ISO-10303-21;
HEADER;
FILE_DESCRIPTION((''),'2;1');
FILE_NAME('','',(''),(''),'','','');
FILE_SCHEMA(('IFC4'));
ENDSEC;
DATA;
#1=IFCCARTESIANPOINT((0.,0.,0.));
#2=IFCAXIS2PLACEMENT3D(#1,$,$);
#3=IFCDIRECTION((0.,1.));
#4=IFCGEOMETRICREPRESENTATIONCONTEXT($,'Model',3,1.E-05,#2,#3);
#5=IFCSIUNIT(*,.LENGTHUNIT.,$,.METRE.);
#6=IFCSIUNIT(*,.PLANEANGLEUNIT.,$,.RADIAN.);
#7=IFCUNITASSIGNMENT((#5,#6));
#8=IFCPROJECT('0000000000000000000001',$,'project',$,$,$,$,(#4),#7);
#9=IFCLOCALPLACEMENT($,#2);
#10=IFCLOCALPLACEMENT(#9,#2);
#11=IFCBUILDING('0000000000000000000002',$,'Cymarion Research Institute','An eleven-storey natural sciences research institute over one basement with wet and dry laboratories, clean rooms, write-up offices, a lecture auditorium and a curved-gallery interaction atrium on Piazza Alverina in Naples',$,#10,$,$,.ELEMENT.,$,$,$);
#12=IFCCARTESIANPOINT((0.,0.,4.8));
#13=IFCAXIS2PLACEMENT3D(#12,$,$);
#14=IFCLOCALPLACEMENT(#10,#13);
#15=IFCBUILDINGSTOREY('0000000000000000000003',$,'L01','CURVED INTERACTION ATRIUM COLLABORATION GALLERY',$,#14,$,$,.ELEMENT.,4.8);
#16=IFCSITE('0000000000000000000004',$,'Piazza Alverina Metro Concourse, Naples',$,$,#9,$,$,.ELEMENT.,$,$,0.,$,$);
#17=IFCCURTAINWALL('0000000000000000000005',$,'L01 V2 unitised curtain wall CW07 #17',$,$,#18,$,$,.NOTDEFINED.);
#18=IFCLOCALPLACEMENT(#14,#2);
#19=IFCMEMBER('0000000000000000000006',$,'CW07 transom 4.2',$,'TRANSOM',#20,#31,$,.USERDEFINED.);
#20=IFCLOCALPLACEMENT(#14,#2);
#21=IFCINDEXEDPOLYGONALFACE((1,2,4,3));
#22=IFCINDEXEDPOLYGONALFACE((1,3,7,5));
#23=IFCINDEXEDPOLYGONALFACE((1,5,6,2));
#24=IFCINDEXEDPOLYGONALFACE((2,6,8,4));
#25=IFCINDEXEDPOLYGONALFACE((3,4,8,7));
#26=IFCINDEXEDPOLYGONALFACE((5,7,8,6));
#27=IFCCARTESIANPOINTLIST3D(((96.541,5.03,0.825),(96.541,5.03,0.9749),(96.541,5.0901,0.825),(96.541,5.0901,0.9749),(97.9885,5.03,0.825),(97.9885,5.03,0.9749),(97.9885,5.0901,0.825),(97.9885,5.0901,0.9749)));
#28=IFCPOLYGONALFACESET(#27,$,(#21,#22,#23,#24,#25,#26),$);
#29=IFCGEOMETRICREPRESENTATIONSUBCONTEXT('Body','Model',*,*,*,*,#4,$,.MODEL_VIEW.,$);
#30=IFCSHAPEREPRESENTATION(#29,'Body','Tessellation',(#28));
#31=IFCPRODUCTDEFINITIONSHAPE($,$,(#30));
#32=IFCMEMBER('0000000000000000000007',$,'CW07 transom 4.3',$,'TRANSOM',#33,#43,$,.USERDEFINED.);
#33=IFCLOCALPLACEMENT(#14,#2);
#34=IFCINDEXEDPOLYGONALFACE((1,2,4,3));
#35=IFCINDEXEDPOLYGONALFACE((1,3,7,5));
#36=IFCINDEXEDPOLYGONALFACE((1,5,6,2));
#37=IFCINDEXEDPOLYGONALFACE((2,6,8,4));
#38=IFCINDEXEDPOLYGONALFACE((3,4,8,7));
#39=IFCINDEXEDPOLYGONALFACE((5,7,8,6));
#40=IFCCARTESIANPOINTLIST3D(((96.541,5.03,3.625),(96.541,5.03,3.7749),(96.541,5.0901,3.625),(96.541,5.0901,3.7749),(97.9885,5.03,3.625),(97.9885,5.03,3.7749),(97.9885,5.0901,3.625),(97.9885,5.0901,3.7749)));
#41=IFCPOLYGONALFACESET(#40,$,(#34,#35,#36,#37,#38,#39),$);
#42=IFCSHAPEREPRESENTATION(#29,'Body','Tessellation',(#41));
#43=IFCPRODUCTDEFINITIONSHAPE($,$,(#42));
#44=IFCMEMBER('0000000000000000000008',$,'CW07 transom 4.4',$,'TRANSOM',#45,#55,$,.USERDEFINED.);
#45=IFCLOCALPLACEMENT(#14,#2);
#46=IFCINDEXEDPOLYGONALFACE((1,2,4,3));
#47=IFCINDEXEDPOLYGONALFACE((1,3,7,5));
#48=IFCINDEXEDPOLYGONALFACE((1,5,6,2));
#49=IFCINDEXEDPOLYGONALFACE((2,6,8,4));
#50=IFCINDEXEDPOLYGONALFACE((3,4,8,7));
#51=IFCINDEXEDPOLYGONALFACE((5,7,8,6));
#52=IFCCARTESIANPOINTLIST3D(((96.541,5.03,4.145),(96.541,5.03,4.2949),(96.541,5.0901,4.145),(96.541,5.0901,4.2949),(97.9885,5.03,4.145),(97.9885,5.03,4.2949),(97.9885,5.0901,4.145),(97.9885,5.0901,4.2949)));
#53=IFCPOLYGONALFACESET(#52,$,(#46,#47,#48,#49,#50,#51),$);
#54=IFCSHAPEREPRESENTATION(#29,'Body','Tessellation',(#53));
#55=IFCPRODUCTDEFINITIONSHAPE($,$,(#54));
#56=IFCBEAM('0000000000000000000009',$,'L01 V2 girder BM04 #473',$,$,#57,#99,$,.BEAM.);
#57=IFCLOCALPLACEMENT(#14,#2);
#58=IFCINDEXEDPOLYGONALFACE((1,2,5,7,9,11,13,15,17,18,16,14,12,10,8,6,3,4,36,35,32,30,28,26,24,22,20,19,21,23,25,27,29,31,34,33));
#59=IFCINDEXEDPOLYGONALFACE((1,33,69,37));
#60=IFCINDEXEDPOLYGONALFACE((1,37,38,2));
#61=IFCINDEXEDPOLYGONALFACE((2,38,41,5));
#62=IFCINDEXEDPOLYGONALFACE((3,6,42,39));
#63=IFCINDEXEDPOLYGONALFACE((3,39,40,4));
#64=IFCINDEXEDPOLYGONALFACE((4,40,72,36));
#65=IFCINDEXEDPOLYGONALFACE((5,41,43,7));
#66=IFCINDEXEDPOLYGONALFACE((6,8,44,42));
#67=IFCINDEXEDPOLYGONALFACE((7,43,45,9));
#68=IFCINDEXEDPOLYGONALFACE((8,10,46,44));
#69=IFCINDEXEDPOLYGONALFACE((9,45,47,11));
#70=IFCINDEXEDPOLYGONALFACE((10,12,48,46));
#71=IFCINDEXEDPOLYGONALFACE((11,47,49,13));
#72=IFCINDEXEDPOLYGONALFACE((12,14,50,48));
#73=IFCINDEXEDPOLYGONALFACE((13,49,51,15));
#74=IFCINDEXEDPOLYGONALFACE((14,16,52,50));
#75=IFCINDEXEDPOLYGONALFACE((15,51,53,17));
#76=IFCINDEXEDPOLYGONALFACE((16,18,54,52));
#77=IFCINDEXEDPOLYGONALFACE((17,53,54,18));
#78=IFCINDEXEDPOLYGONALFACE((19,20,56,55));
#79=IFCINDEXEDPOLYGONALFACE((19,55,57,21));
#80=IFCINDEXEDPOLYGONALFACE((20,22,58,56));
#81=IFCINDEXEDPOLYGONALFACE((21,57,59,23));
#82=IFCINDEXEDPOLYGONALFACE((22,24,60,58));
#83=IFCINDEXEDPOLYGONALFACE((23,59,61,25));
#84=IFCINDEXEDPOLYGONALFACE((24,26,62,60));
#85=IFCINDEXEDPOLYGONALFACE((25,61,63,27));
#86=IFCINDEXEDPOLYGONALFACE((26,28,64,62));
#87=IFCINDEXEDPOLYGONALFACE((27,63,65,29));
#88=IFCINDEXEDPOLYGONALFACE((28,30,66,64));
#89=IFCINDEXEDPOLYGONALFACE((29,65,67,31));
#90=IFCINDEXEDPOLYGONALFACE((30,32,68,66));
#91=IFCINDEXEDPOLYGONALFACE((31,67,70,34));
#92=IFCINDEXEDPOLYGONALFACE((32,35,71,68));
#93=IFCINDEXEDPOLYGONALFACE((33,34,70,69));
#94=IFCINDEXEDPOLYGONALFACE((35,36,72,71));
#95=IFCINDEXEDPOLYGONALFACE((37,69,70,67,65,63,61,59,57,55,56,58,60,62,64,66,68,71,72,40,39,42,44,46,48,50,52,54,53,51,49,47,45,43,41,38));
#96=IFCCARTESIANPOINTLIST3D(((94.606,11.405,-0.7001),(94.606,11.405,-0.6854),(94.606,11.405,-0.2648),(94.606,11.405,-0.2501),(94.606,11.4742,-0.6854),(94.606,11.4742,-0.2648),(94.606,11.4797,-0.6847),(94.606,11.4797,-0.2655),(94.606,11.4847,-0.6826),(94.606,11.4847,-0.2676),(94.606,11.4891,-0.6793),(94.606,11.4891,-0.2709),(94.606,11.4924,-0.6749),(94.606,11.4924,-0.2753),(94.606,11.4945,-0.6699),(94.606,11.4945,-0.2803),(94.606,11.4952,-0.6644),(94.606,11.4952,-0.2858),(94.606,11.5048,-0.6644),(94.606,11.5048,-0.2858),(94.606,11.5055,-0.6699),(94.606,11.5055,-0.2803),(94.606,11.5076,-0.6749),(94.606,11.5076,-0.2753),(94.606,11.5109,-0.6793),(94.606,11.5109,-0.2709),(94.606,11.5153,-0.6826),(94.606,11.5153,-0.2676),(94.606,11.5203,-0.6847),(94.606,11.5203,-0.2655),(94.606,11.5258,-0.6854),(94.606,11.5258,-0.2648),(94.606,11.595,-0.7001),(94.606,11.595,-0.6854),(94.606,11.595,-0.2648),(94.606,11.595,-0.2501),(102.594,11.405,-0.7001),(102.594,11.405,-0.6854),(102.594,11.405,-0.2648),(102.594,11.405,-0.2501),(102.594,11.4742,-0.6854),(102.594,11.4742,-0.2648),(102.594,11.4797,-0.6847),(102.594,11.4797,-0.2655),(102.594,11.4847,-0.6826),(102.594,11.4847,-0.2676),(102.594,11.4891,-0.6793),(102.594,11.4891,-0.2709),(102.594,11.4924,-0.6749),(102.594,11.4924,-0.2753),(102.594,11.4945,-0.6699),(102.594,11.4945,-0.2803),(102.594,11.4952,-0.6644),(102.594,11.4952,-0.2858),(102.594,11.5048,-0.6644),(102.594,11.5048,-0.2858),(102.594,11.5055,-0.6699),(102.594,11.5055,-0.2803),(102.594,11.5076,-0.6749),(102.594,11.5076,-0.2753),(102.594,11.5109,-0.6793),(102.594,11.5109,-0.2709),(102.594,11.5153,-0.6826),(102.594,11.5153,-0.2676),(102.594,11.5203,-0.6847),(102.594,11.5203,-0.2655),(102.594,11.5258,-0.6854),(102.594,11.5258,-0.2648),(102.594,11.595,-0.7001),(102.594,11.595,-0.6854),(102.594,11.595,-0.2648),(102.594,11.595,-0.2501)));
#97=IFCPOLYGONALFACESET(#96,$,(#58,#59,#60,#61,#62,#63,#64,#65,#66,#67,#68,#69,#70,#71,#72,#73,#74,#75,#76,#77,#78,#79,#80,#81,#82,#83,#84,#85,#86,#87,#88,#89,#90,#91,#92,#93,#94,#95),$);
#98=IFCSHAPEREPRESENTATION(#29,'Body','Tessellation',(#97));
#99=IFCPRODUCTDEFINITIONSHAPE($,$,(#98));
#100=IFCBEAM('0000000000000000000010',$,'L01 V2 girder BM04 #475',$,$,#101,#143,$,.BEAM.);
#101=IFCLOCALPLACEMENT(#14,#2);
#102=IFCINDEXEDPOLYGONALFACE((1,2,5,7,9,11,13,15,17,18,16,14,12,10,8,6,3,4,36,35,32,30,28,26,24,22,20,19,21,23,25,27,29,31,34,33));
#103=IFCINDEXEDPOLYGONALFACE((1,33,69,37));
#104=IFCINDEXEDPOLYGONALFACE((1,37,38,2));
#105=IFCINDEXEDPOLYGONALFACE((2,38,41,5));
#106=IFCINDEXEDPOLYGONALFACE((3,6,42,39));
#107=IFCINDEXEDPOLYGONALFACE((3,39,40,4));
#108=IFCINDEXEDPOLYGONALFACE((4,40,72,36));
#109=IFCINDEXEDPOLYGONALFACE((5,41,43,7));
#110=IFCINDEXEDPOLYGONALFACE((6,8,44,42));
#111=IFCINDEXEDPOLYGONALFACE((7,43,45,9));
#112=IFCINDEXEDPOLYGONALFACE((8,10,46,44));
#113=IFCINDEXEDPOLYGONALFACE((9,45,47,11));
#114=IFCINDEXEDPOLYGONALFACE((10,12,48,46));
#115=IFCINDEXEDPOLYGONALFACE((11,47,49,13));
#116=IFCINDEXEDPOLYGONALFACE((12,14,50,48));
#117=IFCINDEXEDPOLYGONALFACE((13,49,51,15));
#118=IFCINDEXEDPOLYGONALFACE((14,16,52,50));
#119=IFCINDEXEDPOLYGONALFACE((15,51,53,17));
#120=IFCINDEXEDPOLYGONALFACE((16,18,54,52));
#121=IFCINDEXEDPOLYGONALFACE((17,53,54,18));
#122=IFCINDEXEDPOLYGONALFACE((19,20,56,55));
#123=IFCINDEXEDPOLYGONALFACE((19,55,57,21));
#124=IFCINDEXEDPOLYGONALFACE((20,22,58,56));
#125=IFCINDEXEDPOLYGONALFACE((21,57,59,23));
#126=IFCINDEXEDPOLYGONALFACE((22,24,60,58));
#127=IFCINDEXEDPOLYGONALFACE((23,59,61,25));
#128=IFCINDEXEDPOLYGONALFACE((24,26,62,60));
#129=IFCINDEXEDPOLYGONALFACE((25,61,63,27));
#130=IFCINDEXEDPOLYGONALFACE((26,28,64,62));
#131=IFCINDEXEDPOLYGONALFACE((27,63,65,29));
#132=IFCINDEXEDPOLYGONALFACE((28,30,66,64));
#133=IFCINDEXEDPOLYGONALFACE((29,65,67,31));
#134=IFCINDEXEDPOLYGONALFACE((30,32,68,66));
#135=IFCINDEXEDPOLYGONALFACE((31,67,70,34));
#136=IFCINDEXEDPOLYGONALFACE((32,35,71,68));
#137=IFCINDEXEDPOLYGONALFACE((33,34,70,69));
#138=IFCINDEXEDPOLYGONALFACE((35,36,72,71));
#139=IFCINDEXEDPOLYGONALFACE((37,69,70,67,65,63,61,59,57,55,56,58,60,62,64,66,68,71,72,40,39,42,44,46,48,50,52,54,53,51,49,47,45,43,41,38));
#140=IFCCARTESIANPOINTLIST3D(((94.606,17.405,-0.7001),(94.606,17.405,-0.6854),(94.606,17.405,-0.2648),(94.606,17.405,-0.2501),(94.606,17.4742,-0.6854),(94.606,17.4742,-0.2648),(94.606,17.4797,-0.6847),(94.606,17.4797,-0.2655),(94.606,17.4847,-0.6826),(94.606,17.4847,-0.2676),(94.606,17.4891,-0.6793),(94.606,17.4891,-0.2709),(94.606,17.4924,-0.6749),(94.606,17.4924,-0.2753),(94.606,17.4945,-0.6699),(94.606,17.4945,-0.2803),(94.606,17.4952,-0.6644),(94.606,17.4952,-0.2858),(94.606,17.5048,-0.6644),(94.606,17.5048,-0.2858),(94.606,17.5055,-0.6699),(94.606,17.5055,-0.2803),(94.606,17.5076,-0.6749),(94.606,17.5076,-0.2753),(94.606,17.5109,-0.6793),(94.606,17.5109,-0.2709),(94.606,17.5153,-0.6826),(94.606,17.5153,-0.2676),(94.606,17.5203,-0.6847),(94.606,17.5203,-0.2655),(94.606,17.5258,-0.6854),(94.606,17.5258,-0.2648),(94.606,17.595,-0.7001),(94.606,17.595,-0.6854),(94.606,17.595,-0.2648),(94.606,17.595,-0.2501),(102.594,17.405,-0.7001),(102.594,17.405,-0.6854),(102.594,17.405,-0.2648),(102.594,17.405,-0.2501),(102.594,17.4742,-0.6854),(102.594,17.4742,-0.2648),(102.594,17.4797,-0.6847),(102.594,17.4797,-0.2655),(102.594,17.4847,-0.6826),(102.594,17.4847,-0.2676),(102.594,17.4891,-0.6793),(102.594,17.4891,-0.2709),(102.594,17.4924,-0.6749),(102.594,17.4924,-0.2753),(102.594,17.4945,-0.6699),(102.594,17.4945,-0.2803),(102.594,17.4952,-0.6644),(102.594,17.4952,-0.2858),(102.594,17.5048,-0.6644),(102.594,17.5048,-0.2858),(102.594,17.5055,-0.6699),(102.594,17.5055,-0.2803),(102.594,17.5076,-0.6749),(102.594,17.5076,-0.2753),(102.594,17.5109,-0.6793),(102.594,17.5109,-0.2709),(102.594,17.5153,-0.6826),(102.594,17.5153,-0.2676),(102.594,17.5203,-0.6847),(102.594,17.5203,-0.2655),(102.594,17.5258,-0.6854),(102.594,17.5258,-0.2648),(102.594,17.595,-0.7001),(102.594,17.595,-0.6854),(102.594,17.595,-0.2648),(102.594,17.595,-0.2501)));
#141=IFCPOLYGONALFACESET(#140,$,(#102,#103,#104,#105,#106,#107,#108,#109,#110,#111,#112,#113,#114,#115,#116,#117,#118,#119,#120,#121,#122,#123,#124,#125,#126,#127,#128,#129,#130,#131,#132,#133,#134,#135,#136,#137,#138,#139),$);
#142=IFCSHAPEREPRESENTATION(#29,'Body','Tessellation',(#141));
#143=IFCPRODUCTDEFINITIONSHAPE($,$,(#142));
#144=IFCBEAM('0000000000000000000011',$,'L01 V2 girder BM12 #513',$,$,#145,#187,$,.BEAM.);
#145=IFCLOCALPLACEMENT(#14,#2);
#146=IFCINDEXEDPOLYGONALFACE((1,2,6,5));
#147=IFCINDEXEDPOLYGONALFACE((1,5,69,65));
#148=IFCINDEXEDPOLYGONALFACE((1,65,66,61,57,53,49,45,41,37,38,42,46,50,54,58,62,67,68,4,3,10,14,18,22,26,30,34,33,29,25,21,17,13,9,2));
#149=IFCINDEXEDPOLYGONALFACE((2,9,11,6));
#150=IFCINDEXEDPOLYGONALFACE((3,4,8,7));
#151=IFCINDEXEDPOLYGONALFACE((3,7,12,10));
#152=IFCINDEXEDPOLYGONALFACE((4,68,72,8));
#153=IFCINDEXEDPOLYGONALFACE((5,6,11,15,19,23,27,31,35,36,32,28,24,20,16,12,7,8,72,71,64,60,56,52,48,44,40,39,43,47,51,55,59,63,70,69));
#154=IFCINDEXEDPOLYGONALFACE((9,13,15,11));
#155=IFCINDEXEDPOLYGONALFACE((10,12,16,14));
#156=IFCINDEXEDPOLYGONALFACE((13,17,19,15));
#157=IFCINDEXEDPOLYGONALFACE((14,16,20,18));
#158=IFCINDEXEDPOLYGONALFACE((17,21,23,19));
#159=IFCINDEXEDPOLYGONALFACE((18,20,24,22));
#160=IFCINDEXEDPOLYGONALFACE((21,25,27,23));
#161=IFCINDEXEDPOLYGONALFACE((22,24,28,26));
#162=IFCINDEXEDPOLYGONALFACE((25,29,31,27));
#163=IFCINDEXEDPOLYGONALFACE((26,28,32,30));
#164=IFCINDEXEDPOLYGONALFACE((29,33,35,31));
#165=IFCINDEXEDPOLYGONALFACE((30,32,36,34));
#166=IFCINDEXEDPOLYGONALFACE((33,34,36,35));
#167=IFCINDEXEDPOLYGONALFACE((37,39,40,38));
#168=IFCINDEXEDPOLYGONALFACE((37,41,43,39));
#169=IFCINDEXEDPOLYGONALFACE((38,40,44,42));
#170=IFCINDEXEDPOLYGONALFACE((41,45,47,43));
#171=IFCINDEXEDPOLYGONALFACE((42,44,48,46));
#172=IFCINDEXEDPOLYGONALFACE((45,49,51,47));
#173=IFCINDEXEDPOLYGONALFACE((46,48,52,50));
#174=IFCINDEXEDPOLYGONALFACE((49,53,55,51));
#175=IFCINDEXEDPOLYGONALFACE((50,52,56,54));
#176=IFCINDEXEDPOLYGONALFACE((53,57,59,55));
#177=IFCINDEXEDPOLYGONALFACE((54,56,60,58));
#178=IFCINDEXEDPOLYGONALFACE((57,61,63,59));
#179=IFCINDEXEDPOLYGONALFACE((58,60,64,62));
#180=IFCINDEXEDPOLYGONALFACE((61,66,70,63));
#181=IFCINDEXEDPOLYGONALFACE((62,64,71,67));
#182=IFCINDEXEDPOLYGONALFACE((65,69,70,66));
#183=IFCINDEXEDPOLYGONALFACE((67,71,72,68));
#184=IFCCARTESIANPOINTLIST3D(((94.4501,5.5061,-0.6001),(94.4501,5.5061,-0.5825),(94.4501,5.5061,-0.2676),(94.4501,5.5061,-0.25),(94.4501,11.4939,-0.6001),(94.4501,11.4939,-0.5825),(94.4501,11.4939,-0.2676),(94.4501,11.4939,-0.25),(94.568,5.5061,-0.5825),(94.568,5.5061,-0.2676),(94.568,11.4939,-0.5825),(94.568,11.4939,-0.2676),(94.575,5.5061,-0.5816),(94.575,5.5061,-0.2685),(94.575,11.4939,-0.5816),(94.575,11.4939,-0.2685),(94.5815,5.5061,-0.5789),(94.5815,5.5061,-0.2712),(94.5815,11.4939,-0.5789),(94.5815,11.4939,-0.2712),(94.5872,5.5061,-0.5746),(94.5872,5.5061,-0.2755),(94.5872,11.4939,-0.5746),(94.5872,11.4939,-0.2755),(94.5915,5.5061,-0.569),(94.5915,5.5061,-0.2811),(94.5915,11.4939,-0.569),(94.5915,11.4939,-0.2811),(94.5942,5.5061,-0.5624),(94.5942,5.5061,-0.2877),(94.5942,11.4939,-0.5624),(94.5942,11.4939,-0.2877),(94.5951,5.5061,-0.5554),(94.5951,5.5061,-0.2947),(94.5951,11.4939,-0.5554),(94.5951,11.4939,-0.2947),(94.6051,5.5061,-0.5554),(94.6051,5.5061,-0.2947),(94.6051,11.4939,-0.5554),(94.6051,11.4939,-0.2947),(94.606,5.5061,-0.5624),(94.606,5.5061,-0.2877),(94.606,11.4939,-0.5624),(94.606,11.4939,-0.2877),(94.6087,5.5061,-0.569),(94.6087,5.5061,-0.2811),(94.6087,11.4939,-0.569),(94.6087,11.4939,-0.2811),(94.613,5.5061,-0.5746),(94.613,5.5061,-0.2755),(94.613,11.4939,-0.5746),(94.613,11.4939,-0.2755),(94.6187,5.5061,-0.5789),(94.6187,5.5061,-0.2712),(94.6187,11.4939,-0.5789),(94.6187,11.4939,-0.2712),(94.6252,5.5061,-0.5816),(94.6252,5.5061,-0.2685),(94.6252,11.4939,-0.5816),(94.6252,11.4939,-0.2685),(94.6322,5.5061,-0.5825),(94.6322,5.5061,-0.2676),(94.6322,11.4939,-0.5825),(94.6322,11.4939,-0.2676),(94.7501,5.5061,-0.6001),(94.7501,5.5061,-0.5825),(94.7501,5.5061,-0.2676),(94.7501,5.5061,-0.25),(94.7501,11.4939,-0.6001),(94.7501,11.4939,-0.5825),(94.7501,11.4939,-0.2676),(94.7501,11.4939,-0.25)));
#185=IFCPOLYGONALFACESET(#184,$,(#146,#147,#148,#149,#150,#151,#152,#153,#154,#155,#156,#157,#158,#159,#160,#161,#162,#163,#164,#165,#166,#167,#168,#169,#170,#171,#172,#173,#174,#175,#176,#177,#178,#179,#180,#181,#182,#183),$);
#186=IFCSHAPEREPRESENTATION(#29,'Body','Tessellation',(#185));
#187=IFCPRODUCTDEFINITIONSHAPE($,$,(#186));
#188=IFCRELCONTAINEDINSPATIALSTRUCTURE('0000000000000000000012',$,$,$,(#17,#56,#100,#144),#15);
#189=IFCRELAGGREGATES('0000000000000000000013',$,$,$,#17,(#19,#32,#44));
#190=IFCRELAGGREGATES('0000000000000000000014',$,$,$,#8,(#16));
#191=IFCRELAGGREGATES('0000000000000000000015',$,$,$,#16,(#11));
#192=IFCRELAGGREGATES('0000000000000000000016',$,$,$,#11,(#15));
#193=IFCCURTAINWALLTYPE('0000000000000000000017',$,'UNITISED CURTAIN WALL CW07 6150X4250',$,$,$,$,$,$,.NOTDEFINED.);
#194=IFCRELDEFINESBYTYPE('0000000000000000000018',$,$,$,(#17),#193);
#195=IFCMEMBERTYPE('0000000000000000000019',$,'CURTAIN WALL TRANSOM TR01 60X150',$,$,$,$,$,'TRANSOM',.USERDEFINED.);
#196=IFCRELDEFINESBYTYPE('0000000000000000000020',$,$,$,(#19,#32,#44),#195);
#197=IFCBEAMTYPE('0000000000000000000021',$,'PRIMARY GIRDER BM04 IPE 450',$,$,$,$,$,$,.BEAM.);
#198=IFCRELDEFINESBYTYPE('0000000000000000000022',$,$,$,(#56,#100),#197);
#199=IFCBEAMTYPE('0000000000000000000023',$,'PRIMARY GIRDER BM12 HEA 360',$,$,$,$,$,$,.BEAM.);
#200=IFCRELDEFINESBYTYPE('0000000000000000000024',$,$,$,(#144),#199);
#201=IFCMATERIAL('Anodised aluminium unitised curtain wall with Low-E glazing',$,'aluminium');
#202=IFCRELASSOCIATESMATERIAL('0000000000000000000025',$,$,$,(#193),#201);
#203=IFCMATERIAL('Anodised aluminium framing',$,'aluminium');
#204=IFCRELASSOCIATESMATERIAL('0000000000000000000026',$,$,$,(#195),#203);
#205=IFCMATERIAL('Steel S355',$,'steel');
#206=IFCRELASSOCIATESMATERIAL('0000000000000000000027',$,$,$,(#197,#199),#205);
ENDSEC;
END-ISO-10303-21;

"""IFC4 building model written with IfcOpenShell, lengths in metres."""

from ifc_helpers import new_model, si_unit, direction, frame, origin, origin_2d, place, context, subcontext, project, spatial, rectangle, i_section, extrude, material, material_profile, profile_set, type_object, element, aggregate, save


model = new_model("IFC4")

# Units and contexts
model_context = context("Model", 3, precision=1e-05, world=origin(), true_north=direction((0.0, 1.0)))
body_context = subcontext(model_context, "Body", "Model", "MODEL_VIEW")
ifc_project = project(units=[si_unit("LENGTHUNIT", "METRE"), si_unit("PLANEANGLEUNIT", "RADIAN")], contexts=[model_context])

# Site, building, storey
site_placement = place(None, origin())
site = spatial("IfcSite", under=ifc_project, at=site_placement, Name="Piazza Alverina Metro Concourse, Naples", CompositionType="ELEMENT", RefElevation=0.0)
building_placement = place(site_placement, origin())
building = spatial("IfcBuilding", under=site, at=building_placement, Name="Cymarion Research Institute", Description="An eleven-storey natural sciences research institute over one basement with wet and dry laboratories, clean rooms, write-up offices, a lecture auditorium and a curved-gallery interaction atrium on Piazza Alverina in Naples", CompositionType="ELEMENT")
storey_placement = place(building_placement, frame((0.0, 0.0, 4.8)))
storey = spatial("IfcBuildingStorey", under=building, at=storey_placement, Name="L01", Description="CURVED INTERACTION ATRIUM COLLABORATION GALLERY", CompositionType="ELEMENT", Elevation=4.8)

# Shared definitions
ifc_material_1 = material(Name="Steel S355", Category="steel")

# Curtain wall
ifc_material_2 = material(Name="Anodised aluminium unitised curtain wall with Low-E glazing", Category="aluminium")
curtain_wall_type = type_object("IfcCurtainWallType", Name="UNITISED CURTAIN WALL CW07 6150X4250", PredefinedType="NOTDEFINED", material=ifc_material_2)
curtain_wall_1_placement = place(storey_placement, origin())
curtain_wall_1 = element("IfcCurtainWall", 1, at=curtain_wall_1_placement, inside=storey, type_object=curtain_wall_type, Name="L01 V2 unitised curtain wall CW07 #17", PredefinedType="NOTDEFINED")
ifc_material_3 = material(Name="Anodised aluminium framing", Category="aluminium")

# Members
ifc_material_profile_1 = material_profile(ifc_material_3, rectangle(XDim=0.0601, YDim=0.1499, at=origin_2d()), Name="ALU TRANSOM 60x150")
ifc_profile_set_1 = profile_set([ifc_material_profile_1], Name="Anodised aluminium framing")
member_type_1 = type_object("IfcMemberType", Name="CURTAIN WALL TRANSOM TR01 60X150", ElementType="TRANSOM", PredefinedType="USERDEFINED", material=ifc_profile_set_1)
member_1_placement = place(storey_placement, frame((96.541, 5.0601, 0.8999), z_axis=(1.0, 0.0, 0.0), x_axis=(0.0, 1.0, 0.0)))
member_1 = element("IfcMember", 2, at=member_1_placement, type_object=member_type_1, Name="CW07 transom 4.2", ObjectType="TRANSOM", PredefinedType="USERDEFINED", context=body_context, shape_type="SweptSolid", body=[
    extrude(rectangle(XDim=0.0601, YDim=0.1499, at=origin_2d()), origin(), (0.0, 0.0, 1.0), 1.4475),
])
member_2_placement = place(storey_placement, frame((96.541, 5.0601, 3.7), z_axis=(1.0, 0.0, 0.0), x_axis=(0.0, 1.0, 0.0)))
member_2 = element("IfcMember", 3, at=member_2_placement, type_object=member_type_1, Name="CW07 transom 4.3", ObjectType="TRANSOM", PredefinedType="USERDEFINED", context=body_context, shape_type="SweptSolid", body=[
    extrude(rectangle(XDim=0.0601, YDim=0.1499, at=origin_2d()), origin(), (0.0, 0.0, 1.0), 1.4475),
])
member_3_placement = place(storey_placement, frame((96.541, 5.0601, 4.22), z_axis=(1.0, 0.0, 0.0), x_axis=(0.0, 1.0, 0.0)))
member_3 = element("IfcMember", 4, at=member_3_placement, type_object=member_type_1, Name="CW07 transom 4.4", ObjectType="TRANSOM", PredefinedType="USERDEFINED", context=body_context, shape_type="SweptSolid", body=[
    extrude(rectangle(XDim=0.0601, YDim=0.1499, at=origin_2d()), origin(), (0.0, 0.0, 1.0), 1.4475),
])

# Beams
ifc_material_profile_2 = material_profile(ifc_material_1, i_section(OverallWidth=0.1899, OverallDepth=0.45, WebThickness=0.0095, FlangeThickness=0.0146, FilletRadius=0.021, at=origin_2d()), Name="IPE 450")
ifc_profile_set_2 = profile_set([ifc_material_profile_2], Name="Steel S355")
beam_type_1 = type_object("IfcBeamType", Name="PRIMARY GIRDER BM04 IPE 450", PredefinedType="BEAM", material=ifc_profile_set_2)
for number, where, z_axis, x_axis, name in (
    (5, (94.606, 11.5, -0.4751), (1.0, 0.0, 0.0), (0.0, 1.0, 0.0), "L01 V2 girder BM04 #473"),
    (6, (94.606, 17.5, -0.4751), (1.0, 0.0, 0.0), (0.0, 1.0, 0.0), "L01 V2 girder BM04 #475"),
):
    element("IfcBeam", number, at=place(storey_placement, frame(where, z_axis=z_axis, x_axis=x_axis)), inside=storey, type_object=beam_type_1, Name=name, PredefinedType="BEAM", context=body_context, shape_type="SweptSolid", body=[
        extrude(i_section(OverallWidth=0.1899, OverallDepth=0.45, WebThickness=0.0095, FlangeThickness=0.0146, FilletRadius=0.021, at=origin_2d()), origin(), (0.0, 0.0, 1.0), 7.988),
    ])
ifc_material_profile_3 = material_profile(ifc_material_1, i_section(OverallWidth=0.3, OverallDepth=0.3501, WebThickness=0.01, FlangeThickness=0.0176, FilletRadius=0.0271, at=origin_2d()), Name="HEA 360")
ifc_profile_set_3 = profile_set([ifc_material_profile_3], Name="Steel S355")
beam_type_2 = type_object("IfcBeamType", Name="PRIMARY GIRDER BM12 HEA 360", PredefinedType="BEAM", material=ifc_profile_set_3)
for number, where, z_axis, x_axis, name in (
    (7, (94.6001, 5.5061, -0.425), (0.0, 1.0, 0.0), (-1.0, 0.0, 0.0), "L01 V2 girder BM12 #513"),
):
    element("IfcBeam", number, at=place(storey_placement, frame(where, z_axis=z_axis, x_axis=x_axis)), inside=storey, type_object=beam_type_2, Name=name, PredefinedType="BEAM", context=body_context, shape_type="SweptSolid", body=[
        extrude(i_section(OverallWidth=0.3, OverallDepth=0.3501, WebThickness=0.01, FlangeThickness=0.0176, FilletRadius=0.0271, at=origin_2d()), origin(), (0.0, 0.0, 1.0), 5.9878),
    ])

aggregate(curtain_wall_1, [member_1, member_2, member_3])

save(model, "model.ifc")
